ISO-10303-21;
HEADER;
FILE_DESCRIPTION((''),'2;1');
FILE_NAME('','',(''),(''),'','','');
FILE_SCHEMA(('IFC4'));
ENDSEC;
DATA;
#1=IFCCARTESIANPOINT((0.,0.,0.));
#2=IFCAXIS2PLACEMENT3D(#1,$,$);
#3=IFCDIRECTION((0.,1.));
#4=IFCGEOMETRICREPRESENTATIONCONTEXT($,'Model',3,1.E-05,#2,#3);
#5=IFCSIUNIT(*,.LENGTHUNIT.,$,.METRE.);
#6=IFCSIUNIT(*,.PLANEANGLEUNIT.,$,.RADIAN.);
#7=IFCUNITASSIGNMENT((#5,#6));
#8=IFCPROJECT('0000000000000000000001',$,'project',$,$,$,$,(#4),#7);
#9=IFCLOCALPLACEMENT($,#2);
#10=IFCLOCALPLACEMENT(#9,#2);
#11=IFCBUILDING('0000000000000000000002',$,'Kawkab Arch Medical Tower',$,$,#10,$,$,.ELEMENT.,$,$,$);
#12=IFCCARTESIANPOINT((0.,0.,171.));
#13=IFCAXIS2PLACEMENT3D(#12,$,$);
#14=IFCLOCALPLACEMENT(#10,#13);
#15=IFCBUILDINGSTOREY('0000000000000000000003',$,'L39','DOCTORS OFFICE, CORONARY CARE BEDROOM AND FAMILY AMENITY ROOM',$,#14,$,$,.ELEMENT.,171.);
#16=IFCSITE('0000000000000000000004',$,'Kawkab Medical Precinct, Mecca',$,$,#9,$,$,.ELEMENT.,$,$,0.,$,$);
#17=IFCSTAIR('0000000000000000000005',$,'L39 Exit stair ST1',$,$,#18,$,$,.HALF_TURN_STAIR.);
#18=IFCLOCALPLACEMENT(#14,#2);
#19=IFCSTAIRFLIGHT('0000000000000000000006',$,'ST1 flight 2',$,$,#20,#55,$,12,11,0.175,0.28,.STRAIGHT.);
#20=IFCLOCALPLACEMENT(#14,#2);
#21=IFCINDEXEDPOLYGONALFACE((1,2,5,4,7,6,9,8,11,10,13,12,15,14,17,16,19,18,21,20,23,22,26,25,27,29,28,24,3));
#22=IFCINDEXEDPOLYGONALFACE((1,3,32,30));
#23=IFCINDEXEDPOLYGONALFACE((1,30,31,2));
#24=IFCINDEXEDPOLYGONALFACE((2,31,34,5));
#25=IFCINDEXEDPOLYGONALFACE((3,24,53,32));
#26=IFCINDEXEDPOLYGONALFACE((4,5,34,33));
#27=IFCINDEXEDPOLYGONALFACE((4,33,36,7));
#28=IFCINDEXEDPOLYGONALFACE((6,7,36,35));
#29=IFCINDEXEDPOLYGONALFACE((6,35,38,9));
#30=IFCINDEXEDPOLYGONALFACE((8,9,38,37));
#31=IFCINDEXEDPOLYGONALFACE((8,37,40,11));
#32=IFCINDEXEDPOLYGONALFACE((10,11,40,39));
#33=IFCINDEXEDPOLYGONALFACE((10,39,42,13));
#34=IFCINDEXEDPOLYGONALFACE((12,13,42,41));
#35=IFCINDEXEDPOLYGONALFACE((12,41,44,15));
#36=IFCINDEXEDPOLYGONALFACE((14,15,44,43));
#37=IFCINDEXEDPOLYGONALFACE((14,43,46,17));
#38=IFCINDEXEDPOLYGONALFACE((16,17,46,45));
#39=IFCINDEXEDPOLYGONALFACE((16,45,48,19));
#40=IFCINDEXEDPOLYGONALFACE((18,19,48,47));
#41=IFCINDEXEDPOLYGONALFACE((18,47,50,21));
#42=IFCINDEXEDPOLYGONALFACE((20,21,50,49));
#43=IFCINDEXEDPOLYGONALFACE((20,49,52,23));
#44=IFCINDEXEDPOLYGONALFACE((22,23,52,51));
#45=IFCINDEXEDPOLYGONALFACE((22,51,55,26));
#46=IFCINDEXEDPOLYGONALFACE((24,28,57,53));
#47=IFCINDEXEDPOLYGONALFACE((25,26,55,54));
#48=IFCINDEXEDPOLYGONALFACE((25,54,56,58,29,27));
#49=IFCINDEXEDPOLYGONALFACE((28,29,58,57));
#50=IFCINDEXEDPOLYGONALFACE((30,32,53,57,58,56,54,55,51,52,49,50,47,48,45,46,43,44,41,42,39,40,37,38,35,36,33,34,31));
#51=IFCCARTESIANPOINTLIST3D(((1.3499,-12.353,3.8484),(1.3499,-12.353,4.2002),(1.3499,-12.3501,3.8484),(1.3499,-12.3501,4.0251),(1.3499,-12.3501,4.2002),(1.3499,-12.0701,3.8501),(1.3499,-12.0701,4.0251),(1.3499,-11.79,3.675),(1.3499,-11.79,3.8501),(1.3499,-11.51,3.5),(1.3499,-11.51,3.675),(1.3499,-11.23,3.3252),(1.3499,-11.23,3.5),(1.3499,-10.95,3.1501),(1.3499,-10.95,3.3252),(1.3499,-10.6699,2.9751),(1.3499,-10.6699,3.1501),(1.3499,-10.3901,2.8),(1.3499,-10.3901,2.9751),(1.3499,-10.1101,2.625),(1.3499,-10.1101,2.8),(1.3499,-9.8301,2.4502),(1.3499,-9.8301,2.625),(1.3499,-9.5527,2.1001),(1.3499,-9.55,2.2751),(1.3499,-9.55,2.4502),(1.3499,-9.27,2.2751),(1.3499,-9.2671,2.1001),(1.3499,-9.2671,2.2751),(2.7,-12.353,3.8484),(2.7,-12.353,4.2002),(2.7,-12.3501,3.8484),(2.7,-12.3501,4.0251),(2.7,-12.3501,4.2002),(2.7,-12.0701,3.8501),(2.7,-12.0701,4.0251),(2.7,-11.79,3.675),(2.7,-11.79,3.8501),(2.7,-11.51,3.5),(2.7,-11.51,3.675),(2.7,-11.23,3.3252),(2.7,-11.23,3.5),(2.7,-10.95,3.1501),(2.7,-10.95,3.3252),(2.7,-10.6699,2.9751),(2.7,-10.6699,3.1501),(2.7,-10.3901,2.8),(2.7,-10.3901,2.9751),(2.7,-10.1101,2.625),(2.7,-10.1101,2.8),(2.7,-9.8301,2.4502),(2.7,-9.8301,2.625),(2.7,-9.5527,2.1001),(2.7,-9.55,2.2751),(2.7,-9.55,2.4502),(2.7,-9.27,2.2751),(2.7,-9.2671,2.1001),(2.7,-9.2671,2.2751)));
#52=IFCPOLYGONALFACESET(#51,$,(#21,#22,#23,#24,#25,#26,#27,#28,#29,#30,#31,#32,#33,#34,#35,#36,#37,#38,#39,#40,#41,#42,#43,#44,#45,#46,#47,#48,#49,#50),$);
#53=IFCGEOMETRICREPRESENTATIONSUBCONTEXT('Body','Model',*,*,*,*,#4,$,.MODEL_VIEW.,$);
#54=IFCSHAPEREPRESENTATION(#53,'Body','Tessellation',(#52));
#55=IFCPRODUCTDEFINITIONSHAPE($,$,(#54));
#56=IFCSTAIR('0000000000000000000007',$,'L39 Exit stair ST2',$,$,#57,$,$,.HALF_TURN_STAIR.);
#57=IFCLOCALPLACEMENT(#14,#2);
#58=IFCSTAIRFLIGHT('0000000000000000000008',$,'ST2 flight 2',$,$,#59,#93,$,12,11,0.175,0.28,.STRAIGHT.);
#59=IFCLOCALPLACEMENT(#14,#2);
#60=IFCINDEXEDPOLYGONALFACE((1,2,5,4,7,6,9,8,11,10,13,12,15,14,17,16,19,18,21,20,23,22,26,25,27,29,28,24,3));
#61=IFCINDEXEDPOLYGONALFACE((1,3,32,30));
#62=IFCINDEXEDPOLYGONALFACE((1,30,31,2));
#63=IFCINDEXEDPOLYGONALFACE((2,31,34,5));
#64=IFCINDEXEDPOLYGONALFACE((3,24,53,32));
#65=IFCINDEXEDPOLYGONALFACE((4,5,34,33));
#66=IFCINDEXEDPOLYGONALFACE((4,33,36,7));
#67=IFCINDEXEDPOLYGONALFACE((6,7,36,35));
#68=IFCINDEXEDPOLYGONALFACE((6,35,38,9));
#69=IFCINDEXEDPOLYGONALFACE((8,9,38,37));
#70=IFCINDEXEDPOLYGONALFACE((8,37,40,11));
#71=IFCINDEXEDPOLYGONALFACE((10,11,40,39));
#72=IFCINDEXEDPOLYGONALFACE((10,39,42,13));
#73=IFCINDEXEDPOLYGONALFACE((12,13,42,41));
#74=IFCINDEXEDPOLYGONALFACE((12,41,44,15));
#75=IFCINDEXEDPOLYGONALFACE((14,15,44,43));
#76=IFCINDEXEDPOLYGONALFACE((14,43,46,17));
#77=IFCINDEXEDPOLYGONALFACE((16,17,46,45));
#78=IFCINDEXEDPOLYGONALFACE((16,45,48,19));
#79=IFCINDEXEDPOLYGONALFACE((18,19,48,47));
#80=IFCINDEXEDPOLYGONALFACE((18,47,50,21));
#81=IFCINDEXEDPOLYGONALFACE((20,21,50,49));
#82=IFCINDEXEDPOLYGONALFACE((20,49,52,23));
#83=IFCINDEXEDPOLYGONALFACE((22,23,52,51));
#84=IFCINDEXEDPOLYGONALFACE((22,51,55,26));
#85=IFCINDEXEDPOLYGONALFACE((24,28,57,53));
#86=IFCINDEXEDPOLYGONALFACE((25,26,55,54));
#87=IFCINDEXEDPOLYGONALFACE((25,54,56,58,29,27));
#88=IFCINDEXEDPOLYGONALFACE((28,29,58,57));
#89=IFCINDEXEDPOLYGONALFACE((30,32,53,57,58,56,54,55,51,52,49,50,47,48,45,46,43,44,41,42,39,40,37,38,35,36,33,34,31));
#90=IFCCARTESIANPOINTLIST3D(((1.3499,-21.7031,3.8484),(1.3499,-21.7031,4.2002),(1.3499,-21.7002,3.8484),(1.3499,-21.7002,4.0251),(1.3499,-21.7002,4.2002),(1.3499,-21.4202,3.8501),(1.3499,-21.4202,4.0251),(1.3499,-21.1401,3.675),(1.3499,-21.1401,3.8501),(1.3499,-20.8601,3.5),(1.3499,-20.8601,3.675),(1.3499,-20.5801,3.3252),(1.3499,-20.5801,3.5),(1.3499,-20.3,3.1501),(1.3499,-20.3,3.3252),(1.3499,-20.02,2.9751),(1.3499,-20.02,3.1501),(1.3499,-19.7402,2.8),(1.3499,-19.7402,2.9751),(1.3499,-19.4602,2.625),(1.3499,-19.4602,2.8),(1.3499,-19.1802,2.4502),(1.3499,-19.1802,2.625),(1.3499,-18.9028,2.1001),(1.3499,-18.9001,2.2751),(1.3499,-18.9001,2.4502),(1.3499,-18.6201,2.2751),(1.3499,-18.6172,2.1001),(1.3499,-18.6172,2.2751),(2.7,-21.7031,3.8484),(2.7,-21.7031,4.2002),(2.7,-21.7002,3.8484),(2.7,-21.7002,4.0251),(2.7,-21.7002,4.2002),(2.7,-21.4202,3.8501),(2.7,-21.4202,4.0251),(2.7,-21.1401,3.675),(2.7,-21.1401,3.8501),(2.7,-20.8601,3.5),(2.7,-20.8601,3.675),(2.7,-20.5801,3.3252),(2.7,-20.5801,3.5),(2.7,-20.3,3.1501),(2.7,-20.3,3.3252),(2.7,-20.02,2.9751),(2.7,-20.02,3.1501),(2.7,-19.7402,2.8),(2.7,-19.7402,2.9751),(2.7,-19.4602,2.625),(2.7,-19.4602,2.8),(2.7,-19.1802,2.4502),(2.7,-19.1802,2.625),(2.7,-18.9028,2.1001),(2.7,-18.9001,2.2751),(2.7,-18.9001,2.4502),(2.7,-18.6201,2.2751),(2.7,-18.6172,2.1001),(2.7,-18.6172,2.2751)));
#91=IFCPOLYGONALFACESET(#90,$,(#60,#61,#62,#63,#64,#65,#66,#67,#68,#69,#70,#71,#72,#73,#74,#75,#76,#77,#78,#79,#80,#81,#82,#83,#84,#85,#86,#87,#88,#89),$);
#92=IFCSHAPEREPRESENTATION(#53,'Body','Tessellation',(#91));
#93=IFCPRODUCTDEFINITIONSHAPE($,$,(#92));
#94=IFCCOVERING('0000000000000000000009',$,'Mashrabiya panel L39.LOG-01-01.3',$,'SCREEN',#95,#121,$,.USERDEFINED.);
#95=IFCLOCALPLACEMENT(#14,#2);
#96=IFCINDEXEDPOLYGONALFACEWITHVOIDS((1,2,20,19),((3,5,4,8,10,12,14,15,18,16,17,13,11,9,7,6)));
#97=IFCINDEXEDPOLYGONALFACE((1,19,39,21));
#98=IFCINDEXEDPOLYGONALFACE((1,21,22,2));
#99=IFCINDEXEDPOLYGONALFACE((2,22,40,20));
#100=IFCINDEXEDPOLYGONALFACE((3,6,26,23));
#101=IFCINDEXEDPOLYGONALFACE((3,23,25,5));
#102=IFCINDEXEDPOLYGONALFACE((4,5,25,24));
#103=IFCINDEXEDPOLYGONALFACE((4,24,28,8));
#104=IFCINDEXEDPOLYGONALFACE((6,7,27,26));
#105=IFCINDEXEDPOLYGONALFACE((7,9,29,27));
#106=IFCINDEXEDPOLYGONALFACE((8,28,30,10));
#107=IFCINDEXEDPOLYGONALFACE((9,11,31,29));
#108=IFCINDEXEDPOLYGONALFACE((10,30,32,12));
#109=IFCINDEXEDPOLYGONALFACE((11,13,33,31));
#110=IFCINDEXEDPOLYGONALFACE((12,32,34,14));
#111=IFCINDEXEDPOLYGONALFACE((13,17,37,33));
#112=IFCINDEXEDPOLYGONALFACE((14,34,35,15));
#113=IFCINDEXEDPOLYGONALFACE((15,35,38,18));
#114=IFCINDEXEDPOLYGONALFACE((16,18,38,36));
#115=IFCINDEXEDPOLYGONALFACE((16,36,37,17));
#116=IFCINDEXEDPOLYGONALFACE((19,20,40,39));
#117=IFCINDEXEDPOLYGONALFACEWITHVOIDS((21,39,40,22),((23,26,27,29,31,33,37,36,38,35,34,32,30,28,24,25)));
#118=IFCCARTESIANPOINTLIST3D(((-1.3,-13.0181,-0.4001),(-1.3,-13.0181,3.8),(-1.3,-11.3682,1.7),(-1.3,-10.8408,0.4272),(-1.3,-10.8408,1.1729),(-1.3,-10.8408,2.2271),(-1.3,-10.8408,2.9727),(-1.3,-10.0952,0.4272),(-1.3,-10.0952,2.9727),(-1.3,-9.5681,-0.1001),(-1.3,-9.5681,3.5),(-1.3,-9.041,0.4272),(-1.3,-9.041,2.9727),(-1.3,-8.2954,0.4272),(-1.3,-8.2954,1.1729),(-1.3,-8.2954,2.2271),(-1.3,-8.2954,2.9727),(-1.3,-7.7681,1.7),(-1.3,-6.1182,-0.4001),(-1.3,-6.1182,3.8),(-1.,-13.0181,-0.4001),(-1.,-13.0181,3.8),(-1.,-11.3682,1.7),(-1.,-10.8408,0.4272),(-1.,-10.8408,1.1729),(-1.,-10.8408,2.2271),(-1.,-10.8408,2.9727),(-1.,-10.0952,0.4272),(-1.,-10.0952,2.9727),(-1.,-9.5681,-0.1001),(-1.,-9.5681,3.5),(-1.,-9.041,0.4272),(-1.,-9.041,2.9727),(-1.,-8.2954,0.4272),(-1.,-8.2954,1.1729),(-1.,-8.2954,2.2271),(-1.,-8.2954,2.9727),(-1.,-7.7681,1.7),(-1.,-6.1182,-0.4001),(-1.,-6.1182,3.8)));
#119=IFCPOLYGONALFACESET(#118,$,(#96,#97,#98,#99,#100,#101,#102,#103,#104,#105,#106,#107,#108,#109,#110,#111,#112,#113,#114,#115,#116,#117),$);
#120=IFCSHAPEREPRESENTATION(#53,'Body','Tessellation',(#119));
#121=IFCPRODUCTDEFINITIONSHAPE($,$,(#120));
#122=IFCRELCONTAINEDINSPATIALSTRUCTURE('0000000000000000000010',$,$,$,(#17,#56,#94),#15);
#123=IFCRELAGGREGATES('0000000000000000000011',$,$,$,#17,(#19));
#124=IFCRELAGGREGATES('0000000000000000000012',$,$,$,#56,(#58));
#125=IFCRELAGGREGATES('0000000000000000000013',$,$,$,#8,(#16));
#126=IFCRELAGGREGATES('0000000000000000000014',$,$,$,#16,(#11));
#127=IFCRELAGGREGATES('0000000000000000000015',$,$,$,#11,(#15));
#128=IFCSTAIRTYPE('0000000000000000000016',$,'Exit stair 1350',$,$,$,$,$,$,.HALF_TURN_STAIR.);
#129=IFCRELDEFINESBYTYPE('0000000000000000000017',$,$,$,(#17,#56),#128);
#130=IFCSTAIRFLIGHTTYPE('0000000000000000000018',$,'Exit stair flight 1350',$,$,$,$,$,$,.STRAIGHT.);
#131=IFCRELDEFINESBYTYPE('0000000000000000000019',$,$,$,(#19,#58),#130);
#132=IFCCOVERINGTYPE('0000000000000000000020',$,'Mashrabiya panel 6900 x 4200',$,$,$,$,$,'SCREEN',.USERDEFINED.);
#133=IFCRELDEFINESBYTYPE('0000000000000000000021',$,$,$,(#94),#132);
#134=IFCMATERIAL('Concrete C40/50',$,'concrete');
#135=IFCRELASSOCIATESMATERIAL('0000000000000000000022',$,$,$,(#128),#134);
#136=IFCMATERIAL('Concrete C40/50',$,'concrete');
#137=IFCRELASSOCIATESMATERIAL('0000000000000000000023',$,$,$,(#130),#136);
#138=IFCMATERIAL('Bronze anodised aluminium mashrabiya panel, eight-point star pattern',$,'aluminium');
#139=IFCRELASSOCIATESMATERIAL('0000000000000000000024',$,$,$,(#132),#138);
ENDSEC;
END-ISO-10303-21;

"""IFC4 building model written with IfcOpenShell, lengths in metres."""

from ifc_helpers import new_model, si_unit, direction, frame, origin, place, context, subcontext, project, spatial, polyline, outline, extrude, material, material_profile, profile_set, type_object, element, aggregate, save


model = new_model("IFC4")

# Units and contexts
model_context = context("Model", 3, precision=1e-05, world=origin(), true_north=direction((0.0, 1.0)))
body_context = subcontext(model_context, "Body", "Model", "MODEL_VIEW")
ifc_project = project(units=[si_unit("LENGTHUNIT", "METRE"), si_unit("PLANEANGLEUNIT", "RADIAN")], contexts=[model_context])

# Site, building, storey
site_placement = place(None, origin())
site = spatial("IfcSite", under=ifc_project, at=site_placement, Name="Kawkab Medical Precinct, Mecca", CompositionType="ELEMENT", RefElevation=0.0)
building_placement = place(site_placement, origin())
building = spatial("IfcBuilding", under=site, at=building_placement, Name="Kawkab Arch Medical Tower", CompositionType="ELEMENT")
storey_placement = place(building_placement, frame((0.0, 0.0, 171.0)))
storey = spatial("IfcBuildingStorey", under=building, at=storey_placement, Name="L39", Description="DOCTORS OFFICE, CORONARY CARE BEDROOM AND FAMILY AMENITY ROOM", CompositionType="ELEMENT", Elevation=171.0)

# Shared definitions
placement = place(storey_placement, origin())

# Stairs, stair flights
ifc_material_1 = material(Name="Concrete C40/50", Category="concrete")
stair_type = type_object("IfcStairType", Name="Exit stair 1350", PredefinedType="HALF_TURN_STAIR", material=ifc_material_1)
stair_1 = element("IfcStair", 1, at=placement, inside=storey, type_object=stair_type, Name="L39 Exit stair ST1", PredefinedType="HALF_TURN_STAIR")
ifc_material_2 = material(Name="Concrete C40/50", Category="concrete")
stair_flight_type = type_object("IfcStairFlightType", Name="Exit stair flight 1350", PredefinedType="STRAIGHT", material=ifc_material_2)
stair_flight_1_placement = place(storey_placement, frame((2.0249, -9.27, 2.1001), z_axis=(0.0, 0.0, 1.0), x_axis=(0.0, -1.0, 0.0)))
stair_flight_1 = element("IfcStairFlight", 2, at=stair_flight_1_placement, type_object=stair_flight_type, Name="ST1 flight 2", NumberOfRisers=12, NumberOfTreads=11, PredefinedType="STRAIGHT", RiserHeight=0.175, TreadLength=0.28, context=body_context, shape_type="SweptSolid", body=[
    extrude(outline(polyline([(-0.0029, 0.0), (-0.0029, 0.175), (0.0, 0.175), (0.28, 0.175), (0.28, 0.3501), (0.5601, 0.3501), (0.5601, 0.5249), (0.8401, 0.5249), (0.8401, 0.7), (1.1201, 0.7), (1.1201, 0.875), (1.3999, 0.875), (1.3999, 1.05), (1.6799, 1.05), (1.6799, 1.2251), (1.96, 1.2251), (1.96, 1.3999), (2.24, 1.3999), (2.24, 1.575), (2.52, 1.575), (2.52, 1.75), (2.8, 1.75), (2.8, 1.925), (3.0801, 1.925), (3.0801, 2.1001), (3.083, 2.1001), (3.083, 1.7483), (3.0801, 1.7483), (0.2827, 0.0), (-0.0029, 0.0)])), frame((0.0, 0.675, 0.0), z_axis=(0.0, -1.0, 0.0), x_axis=(1.0, 0.0, 0.0)), (0.0, 0.0, 1.0), 1.3501),
])
aggregate(stair_1, [stair_flight_1])
stair_2 = element("IfcStair", 3, at=placement, inside=storey, type_object=stair_type, Name="L39 Exit stair ST2", PredefinedType="HALF_TURN_STAIR")
stair_flight_2_placement = place(storey_placement, frame((2.0249, -18.6201, 2.1001), z_axis=(0.0, 0.0, 1.0), x_axis=(0.0, -1.0, 0.0)))
stair_flight_2 = element("IfcStairFlight", 4, at=stair_flight_2_placement, type_object=stair_flight_type, Name="ST2 flight 2", NumberOfRisers=12, NumberOfTreads=11, PredefinedType="STRAIGHT", RiserHeight=0.175, TreadLength=0.28, context=body_context, shape_type="SweptSolid", body=[
    extrude(outline(polyline([(-0.0029, 0.0), (-0.0029, 0.175), (0.0, 0.175), (0.28, 0.175), (0.28, 0.3501), (0.5601, 0.3501), (0.5601, 0.5249), (0.8401, 0.5249), (0.8401, 0.7), (1.1201, 0.7), (1.1201, 0.875), (1.3999, 0.875), (1.3999, 1.05), (1.6799, 1.05), (1.6799, 1.2251), (1.96, 1.2251), (1.96, 1.3999), (2.24, 1.3999), (2.24, 1.575), (2.52, 1.575), (2.52, 1.75), (2.8, 1.75), (2.8, 1.925), (3.0801, 1.925), (3.0801, 2.1001), (3.083, 2.1001), (3.083, 1.7483), (3.0801, 1.7483), (0.2827, 0.0), (-0.0029, 0.0)])), frame((0.0, 0.675, 0.0), z_axis=(0.0, -1.0, 0.0), x_axis=(1.0, 0.0, 0.0)), (0.0, 0.0, 1.0), 1.3501),
])
aggregate(stair_2, [stair_flight_2])

# Covering
ifc_material_3 = material(Name="Bronze anodised aluminium mashrabiya panel, eight-point star pattern", Category="aluminium")
ifc_material_profile_1 = material_profile(ifc_material_3, outline(polyline([(-3.45, -2.1001), (3.45, -2.1001), (3.45, 2.1001), (-3.45, 2.1001), (-3.45, -2.1001)]), holes=[polyline([(1.8, 0.0), (1.2727, 0.5271), (1.2727, 1.2727), (0.5271, 1.2727), (0.0, 1.8), (-0.5271, 1.2727), (-1.2727, 1.2727), (-1.2727, 0.5271), (-1.8, 0.0), (-1.2727, -0.5271), (-1.2727, -1.2727), (-0.5271, -1.2727), (0.0, -1.8), (0.5271, -1.2727), (1.2727, -1.2727), (1.2727, -0.5271), (1.8, 0.0)])]), Name="Mashrabiya panel 6900x4200")
ifc_profile_set_1 = profile_set([ifc_material_profile_1], Name="Bronze anodised aluminium mashrabiya panel, eight-point star pattern")
covering_type = type_object("IfcCoveringType", Name="Mashrabiya panel 6900 x 4200", ElementType="SCREEN", PredefinedType="USERDEFINED", material=ifc_profile_set_1)
covering_placement = place(storey_placement, frame((-1.0, -9.5681, 1.7), z_axis=(-1.0, 0.0, 0.0), x_axis=(0.0, -1.0, 0.0)))
element("IfcCovering", 5, at=covering_placement, inside=storey, type_object=covering_type, Name="Mashrabiya panel L39.LOG-01-01.3", ObjectType="SCREEN", PredefinedType="USERDEFINED", context=body_context, shape_type="SweptSolid", body=[
    extrude(outline(polyline([(-3.45, -2.1001), (3.45, -2.1001), (3.45, 2.1001), (-3.45, 2.1001), (-3.45, -2.1001)]), holes=[polyline([(1.8, 0.0), (1.2727, 0.5271), (1.2727, 1.2727), (0.5271, 1.2727), (0.0, 1.8), (-0.5271, 1.2727), (-1.2727, 1.2727), (-1.2727, 0.5271), (-1.8, 0.0), (-1.2727, -0.5271), (-1.2727, -1.2727), (-0.5271, -1.2727), (0.0, -1.8), (0.5271, -1.2727), (1.2727, -1.2727), (1.2727, -0.5271), (1.8, 0.0)])]), origin(), (0.0, 0.0, 1.0), 0.3),
])

save(model, "model.ifc")
